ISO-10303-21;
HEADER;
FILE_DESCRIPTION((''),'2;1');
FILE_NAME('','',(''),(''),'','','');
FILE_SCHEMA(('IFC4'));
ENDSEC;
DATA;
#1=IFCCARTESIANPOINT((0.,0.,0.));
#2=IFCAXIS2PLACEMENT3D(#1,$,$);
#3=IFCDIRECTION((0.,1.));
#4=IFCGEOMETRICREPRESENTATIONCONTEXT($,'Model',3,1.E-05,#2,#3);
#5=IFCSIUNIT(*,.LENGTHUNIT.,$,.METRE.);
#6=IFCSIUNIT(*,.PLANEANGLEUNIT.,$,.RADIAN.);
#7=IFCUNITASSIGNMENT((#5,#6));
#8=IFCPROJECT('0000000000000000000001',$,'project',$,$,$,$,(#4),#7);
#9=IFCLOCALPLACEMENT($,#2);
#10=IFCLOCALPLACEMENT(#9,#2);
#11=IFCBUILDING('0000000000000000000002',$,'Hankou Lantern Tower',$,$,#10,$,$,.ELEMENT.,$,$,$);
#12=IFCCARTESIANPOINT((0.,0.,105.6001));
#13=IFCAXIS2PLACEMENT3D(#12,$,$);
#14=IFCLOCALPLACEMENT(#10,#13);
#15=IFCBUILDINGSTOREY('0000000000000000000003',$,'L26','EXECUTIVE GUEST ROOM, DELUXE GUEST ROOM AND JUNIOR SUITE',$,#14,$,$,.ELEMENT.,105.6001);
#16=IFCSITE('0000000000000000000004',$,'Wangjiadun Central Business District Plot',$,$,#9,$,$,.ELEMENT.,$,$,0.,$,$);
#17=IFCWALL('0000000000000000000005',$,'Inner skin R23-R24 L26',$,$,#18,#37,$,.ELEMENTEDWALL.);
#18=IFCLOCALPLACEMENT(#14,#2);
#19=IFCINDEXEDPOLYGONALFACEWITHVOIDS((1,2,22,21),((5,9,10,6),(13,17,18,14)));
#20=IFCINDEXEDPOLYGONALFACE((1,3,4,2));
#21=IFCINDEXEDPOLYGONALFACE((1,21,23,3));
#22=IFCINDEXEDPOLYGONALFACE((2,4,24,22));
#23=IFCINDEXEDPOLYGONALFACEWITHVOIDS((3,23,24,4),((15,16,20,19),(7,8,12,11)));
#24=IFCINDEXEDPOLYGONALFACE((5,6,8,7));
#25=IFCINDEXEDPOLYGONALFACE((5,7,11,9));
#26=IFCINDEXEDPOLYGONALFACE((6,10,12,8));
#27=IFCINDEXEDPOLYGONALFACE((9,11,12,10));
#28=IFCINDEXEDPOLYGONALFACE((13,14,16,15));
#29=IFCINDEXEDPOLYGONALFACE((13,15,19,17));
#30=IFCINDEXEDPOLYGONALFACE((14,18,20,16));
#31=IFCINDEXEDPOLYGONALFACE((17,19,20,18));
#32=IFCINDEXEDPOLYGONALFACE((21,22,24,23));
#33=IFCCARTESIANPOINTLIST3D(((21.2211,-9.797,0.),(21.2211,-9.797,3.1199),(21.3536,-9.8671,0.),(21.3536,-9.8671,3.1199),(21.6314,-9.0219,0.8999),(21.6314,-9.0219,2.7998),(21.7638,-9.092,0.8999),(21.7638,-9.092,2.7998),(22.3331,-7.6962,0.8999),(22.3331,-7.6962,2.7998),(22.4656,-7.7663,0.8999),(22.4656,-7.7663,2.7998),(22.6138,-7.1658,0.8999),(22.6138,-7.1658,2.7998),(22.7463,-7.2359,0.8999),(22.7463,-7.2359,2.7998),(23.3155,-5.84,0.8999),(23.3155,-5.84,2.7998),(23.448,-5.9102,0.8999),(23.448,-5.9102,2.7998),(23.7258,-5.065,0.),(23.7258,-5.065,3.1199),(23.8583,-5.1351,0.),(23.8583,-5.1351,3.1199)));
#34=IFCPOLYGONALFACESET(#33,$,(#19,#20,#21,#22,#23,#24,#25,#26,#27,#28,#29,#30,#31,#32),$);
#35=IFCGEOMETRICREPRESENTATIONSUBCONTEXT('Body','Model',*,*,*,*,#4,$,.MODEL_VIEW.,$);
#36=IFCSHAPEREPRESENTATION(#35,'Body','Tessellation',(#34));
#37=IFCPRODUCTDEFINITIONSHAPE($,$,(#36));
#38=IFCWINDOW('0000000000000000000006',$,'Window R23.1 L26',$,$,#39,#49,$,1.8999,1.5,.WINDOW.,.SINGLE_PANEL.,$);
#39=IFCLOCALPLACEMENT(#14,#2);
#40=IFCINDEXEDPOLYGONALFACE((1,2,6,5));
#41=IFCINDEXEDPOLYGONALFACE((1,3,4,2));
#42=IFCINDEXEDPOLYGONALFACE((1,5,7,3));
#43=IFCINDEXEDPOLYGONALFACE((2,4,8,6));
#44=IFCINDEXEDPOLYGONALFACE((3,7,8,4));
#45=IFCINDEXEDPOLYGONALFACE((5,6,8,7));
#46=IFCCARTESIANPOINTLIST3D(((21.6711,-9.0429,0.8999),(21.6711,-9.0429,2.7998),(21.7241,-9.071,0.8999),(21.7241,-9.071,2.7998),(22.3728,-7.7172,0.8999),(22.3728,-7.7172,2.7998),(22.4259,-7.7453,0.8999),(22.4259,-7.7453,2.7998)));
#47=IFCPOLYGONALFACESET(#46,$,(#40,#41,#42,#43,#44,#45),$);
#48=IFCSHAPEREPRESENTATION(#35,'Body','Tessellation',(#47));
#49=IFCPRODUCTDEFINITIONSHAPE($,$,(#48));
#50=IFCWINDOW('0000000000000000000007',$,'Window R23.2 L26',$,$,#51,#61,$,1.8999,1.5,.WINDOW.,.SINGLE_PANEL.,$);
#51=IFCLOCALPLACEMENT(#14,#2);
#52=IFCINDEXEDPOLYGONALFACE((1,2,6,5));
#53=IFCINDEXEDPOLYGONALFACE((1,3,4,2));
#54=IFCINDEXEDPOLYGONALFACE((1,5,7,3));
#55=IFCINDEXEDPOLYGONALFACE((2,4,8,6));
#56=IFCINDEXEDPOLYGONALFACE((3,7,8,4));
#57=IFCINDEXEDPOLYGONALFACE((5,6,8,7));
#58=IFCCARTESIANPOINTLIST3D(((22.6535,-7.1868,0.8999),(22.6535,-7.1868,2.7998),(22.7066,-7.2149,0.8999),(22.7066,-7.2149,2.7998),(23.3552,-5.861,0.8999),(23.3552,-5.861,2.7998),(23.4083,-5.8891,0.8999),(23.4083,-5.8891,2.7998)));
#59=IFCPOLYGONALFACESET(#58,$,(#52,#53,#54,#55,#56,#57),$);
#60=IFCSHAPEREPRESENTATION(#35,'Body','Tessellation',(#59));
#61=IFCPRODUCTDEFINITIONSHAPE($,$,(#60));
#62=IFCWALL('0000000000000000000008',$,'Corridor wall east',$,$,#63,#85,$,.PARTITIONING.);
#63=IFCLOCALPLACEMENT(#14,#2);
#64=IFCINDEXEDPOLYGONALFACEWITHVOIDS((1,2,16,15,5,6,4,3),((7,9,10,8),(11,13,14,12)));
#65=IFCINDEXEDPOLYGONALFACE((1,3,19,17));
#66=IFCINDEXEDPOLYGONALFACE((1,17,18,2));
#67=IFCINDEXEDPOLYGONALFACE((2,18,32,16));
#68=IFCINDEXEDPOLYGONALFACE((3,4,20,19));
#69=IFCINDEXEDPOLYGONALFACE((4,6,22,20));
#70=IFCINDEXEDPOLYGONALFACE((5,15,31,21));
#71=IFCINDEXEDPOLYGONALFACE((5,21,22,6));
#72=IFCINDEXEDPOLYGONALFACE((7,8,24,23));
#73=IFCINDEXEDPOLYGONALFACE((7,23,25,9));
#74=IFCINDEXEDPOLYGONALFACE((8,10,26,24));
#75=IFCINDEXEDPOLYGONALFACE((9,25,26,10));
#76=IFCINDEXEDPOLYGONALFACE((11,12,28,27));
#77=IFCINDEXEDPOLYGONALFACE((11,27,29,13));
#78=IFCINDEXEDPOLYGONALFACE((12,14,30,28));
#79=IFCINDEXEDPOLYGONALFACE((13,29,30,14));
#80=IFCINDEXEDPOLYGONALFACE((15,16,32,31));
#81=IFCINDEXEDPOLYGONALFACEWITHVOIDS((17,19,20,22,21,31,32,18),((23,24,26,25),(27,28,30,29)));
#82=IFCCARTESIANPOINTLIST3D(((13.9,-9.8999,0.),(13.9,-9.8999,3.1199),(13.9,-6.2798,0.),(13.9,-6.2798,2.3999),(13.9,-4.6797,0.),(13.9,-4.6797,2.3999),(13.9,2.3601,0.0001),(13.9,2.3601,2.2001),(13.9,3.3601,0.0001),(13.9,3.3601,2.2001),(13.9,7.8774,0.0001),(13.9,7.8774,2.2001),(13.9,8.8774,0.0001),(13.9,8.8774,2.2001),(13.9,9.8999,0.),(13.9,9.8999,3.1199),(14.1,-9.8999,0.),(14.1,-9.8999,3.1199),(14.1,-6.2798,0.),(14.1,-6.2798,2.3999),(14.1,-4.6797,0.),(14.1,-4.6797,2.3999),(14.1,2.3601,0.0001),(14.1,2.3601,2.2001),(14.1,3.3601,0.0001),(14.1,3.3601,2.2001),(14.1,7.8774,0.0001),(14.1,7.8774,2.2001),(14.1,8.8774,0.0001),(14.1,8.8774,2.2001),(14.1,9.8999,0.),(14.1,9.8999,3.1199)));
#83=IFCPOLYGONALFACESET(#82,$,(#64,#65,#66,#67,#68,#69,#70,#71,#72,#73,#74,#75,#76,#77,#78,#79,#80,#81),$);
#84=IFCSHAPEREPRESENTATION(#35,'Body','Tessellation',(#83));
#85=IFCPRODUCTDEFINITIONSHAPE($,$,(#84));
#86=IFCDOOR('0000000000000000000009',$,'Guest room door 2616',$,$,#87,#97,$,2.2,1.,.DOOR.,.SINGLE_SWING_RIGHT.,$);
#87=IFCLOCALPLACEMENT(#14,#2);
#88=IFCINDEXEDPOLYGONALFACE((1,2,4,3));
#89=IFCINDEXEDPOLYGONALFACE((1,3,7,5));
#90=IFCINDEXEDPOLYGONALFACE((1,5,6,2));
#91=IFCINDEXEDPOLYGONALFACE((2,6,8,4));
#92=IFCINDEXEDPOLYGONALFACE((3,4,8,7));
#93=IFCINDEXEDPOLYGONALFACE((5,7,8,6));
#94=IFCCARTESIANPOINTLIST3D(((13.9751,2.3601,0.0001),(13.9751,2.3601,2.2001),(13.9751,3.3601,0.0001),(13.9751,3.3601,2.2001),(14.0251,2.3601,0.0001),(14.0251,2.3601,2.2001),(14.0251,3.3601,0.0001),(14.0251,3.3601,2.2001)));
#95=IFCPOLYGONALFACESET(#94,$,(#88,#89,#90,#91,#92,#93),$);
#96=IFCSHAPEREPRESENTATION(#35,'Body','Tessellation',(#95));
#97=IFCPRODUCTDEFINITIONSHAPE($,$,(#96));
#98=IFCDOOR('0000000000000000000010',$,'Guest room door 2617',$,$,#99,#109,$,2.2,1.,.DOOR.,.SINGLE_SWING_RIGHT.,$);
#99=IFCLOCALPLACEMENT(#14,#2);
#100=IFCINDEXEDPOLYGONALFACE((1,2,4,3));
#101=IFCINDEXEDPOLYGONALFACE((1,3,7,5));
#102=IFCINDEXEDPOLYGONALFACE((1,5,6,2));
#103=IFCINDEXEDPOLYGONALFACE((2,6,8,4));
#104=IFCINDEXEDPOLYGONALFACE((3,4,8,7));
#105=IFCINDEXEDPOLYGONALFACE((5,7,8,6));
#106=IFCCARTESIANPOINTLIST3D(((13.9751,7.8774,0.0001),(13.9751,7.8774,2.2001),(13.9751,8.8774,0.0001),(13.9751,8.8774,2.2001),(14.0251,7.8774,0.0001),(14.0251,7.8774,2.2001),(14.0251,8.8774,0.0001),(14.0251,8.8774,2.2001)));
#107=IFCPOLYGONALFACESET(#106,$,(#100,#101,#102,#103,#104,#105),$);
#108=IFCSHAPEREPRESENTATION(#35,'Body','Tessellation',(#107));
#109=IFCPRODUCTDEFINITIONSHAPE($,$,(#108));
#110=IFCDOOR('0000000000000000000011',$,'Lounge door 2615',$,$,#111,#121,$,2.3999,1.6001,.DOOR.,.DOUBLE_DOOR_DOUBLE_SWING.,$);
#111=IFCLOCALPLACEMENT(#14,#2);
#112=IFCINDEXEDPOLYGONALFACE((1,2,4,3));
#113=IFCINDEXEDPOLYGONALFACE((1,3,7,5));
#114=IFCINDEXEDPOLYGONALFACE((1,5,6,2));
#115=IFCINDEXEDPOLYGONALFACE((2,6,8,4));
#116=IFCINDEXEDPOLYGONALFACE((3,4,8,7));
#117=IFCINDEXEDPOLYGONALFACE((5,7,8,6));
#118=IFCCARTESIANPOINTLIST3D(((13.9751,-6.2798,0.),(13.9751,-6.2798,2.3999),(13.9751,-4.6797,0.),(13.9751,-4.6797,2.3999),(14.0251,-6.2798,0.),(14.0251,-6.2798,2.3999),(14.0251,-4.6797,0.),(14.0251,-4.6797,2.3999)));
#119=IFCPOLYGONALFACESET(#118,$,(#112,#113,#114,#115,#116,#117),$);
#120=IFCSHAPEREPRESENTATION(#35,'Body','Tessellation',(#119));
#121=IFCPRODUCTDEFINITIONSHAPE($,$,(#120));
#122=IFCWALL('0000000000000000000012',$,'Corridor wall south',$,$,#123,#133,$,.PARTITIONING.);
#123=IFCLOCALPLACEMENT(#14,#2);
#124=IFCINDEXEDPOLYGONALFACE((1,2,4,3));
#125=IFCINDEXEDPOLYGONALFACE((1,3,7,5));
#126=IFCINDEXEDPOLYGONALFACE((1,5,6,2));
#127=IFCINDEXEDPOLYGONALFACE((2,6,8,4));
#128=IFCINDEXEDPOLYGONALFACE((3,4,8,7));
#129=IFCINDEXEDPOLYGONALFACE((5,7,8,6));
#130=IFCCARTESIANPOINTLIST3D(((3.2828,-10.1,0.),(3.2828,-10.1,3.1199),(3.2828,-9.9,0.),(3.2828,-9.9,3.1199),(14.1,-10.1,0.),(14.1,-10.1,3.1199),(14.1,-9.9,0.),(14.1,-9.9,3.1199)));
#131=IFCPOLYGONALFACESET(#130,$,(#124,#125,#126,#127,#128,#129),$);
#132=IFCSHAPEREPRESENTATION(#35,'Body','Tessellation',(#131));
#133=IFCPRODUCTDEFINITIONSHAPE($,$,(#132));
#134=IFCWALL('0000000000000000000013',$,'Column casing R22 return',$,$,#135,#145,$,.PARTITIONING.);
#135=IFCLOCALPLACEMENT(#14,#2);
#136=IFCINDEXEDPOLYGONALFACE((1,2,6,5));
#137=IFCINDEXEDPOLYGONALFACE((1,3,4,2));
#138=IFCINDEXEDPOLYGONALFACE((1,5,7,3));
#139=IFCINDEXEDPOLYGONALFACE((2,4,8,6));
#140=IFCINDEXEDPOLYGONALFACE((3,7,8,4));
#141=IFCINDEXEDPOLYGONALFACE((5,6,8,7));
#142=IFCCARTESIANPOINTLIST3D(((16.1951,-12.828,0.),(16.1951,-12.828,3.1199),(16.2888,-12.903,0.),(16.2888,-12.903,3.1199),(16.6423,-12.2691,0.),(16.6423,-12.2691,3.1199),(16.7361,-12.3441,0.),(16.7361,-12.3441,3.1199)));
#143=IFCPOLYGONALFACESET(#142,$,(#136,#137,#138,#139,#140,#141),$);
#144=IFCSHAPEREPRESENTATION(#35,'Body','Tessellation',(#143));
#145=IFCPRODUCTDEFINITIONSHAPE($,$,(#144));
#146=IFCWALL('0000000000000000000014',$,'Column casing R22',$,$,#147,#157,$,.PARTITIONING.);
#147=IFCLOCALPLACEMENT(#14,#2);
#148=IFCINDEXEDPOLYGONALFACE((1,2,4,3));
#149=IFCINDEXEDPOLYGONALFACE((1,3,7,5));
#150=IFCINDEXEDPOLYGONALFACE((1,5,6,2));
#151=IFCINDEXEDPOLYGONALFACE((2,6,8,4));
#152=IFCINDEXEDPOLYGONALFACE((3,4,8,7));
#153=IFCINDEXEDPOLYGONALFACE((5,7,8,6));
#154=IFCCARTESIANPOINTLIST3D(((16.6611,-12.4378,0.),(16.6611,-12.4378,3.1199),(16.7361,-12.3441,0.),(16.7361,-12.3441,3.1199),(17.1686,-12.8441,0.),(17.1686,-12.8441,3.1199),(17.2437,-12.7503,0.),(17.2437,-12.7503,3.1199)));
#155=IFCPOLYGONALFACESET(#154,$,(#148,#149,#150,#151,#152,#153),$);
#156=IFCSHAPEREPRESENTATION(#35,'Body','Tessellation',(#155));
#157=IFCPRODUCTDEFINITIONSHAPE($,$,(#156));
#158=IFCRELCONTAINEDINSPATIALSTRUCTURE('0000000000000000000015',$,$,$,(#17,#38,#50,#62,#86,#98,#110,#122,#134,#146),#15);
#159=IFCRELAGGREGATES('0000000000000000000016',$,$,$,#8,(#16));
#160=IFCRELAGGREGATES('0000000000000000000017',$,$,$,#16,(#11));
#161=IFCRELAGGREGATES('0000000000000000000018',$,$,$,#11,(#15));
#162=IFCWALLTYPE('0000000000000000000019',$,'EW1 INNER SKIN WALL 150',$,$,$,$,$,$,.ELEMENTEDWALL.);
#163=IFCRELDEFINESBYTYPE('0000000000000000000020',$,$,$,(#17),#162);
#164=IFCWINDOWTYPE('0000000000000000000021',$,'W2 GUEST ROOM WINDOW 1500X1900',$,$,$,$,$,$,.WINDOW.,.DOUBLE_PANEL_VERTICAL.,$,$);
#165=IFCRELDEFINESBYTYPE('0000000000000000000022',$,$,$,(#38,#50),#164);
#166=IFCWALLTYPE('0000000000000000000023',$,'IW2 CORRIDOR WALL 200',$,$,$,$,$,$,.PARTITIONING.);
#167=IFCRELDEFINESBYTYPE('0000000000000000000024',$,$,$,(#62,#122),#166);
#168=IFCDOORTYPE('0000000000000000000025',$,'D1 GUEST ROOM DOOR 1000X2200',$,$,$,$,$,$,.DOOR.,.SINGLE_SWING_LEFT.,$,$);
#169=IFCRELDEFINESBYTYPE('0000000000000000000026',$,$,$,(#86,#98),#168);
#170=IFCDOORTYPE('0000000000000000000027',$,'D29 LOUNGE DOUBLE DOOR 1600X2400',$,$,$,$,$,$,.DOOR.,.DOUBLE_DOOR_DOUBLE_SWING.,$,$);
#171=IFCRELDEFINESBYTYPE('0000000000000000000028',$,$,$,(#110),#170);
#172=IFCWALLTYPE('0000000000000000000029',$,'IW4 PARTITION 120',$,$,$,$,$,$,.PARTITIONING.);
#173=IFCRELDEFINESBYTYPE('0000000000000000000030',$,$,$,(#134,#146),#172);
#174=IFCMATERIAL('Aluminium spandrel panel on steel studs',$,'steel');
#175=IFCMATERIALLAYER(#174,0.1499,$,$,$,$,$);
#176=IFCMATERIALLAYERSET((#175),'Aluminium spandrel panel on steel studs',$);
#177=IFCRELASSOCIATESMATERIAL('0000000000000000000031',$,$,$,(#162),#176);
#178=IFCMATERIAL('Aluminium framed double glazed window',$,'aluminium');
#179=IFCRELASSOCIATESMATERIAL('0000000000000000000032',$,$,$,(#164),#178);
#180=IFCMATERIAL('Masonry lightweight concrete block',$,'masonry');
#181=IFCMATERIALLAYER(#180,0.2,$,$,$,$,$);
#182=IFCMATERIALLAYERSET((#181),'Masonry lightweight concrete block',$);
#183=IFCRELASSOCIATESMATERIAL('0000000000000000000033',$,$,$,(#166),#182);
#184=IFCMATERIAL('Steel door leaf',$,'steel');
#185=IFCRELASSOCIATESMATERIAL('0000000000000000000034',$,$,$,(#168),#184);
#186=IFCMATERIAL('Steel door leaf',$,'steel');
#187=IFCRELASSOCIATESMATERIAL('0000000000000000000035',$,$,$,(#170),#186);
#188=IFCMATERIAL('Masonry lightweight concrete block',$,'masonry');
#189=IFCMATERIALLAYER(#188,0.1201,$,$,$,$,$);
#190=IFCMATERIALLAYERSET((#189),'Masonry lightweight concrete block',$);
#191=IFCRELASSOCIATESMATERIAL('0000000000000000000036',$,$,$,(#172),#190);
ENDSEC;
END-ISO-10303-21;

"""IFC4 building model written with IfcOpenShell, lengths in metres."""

from ifc_helpers import new_model, si_unit, direction, frame, frame_2d, origin, place, context, subcontext, project, spatial, rectangle, extrude, material, layer, layer_set, type_object, element, fill, save


model = new_model("IFC4")

# Units and contexts
model_context = context("Model", 3, precision=1e-05, world=origin(), true_north=direction((0.0, 1.0)))
body_context = subcontext(model_context, "Body", "Model", "MODEL_VIEW")
ifc_project = project(units=[si_unit("LENGTHUNIT", "METRE"), si_unit("PLANEANGLEUNIT", "RADIAN")], contexts=[model_context])

# Site, building, storey
site_placement = place(None, origin())
site = spatial("IfcSite", under=ifc_project, at=site_placement, Name="Wangjiadun Central Business District Plot", CompositionType="ELEMENT", RefElevation=0.0)
building_placement = place(site_placement, origin())
building = spatial("IfcBuilding", under=site, at=building_placement, Name="Hankou Lantern Tower", CompositionType="ELEMENT")
storey_placement = place(building_placement, frame((0.0, 0.0, 105.6001)))
storey = spatial("IfcBuildingStorey", under=building, at=storey_placement, Name="L26", Description="EXECUTIVE GUEST ROOM, DELUXE GUEST ROOM AND JUNIOR SUITE", CompositionType="ELEMENT", Elevation=105.6001)

# Wall, openings, windows
ifc_material_1 = material(Name="Aluminium spandrel panel on steel studs", Category="steel")
ifc_layer_1 = layer(ifc_material_1, 0.1499)
ifc_layer_set_1 = layer_set([ifc_layer_1], Name="Aluminium spandrel panel on steel studs")
wall_type_1 = type_object("IfcWallType", Name="EW1 INNER SKIN WALL 150", PredefinedType="ELEMENTEDWALL", material=ifc_layer_set_1)
ifc_material_2 = material(Name="Aluminium framed double glazed window", Category="aluminium")
window_type = type_object("IfcWindowType", Name="W2 GUEST ROOM WINDOW 1500X1900", PartitioningType="DOUBLE_PANEL_VERTICAL", PredefinedType="WINDOW", material=ifc_material_2)
wall_1_placement = place(storey_placement, frame((21.2874, -9.832, 0.0), z_axis=(0.0, 0.0, 1.0), x_axis=(0.467814, 0.883827, 0.0)))
wall_1 = element("IfcWall", 1, at=wall_1_placement, inside=storey, type_object=wall_type_1, Name="Inner skin R23-R24 L26", PredefinedType="ELEMENTEDWALL", context=body_context, shape_type="SweptSolid", body=[
    extrude(rectangle(XDim=5.354, YDim=0.1499, at=frame_2d((2.677, 0.0))), origin(), (0.0, 0.0, 1.0), 3.1199),
])
opening_1_placement = place(wall_1_placement, frame((0.877, 0.0, 0.8999)))
opening_1 = element("IfcOpeningElement", 2, at=opening_1_placement, cuts=wall_1, PredefinedType="OPENING", context=body_context, shape_type="SweptSolid", body=[
    extrude(rectangle(XDim=1.5, YDim=1.8999, at=frame_2d((0.75, 0.95))), frame((0.0, 0.085, 0.0), z_axis=(0.0, -1.0, 0.0), x_axis=(1.0, 0.0, 0.0)), (0.0, 0.0, 1.0), 0.1699),
])
opening_2_placement = place(wall_1_placement, frame((2.9771, 0.0, 0.8999)))
opening_2 = element("IfcOpeningElement", 3, at=opening_2_placement, cuts=wall_1, PredefinedType="OPENING", context=body_context, shape_type="SweptSolid", body=[
    extrude(rectangle(XDim=1.5, YDim=1.8999, at=frame_2d((0.75, 0.95))), frame((0.0, 0.085, 0.0), z_axis=(0.0, -1.0, 0.0), x_axis=(1.0, 0.0, 0.0)), (0.0, 0.0, 1.0), 0.1699),
])
window_1_placement = place(opening_1_placement, origin())
window_1 = element("IfcWindow", 4, at=window_1_placement, inside=storey, type_object=window_type, Name="Window R23.1 L26", OverallHeight=1.8999, OverallWidth=1.5, PartitioningType="SINGLE_PANEL", PredefinedType="WINDOW", context=body_context, shape_type="SweptSolid", body=[
    extrude(rectangle(XDim=1.5, YDim=1.8999, at=frame_2d((0.75, 0.95))), frame((0.0, 0.03, 0.0), z_axis=(0.0, -1.0, 0.0), x_axis=(1.0, 0.0, 0.0)), (0.0, 0.0, 1.0), 0.0601),
])
fill(opening_1, window_1)
window_2_placement = place(opening_2_placement, origin())
window_2 = element("IfcWindow", 5, at=window_2_placement, inside=storey, type_object=window_type, Name="Window R23.2 L26", OverallHeight=1.8999, OverallWidth=1.5, PartitioningType="SINGLE_PANEL", PredefinedType="WINDOW", context=body_context, shape_type="SweptSolid", body=[
    extrude(rectangle(XDim=1.5, YDim=1.8999, at=frame_2d((0.75, 0.95))), frame((0.0, 0.03, 0.0), z_axis=(0.0, -1.0, 0.0), x_axis=(1.0, 0.0, 0.0)), (0.0, 0.0, 1.0), 0.0601),
])
fill(opening_2, window_2)

# Wall, openings, doors
ifc_material_3 = material(Name="Masonry lightweight concrete block", Category="masonry")
ifc_layer_2 = layer(ifc_material_3, 0.2)
ifc_layer_set_2 = layer_set([ifc_layer_2], Name="Masonry lightweight concrete block")
wall_type_2 = type_object("IfcWallType", Name="IW2 CORRIDOR WALL 200", PredefinedType="PARTITIONING", material=ifc_layer_set_2)
wall_2_placement = place(storey_placement, frame((14.0, -9.8999, 0.0), z_axis=(0.0, 0.0, 1.0), x_axis=(0.0, 1.0, 0.0)))
wall_2 = element("IfcWall", 6, at=wall_2_placement, inside=storey, type_object=wall_type_2, Name="Corridor wall east", PredefinedType="PARTITIONING", context=body_context, shape_type="SweptSolid", body=[
    extrude(rectangle(XDim=19.7998, YDim=0.2, at=frame_2d((9.8999, 0.0))), origin(), (0.0, 0.0, 1.0), 3.1199),
])
opening_3_placement = place(wall_2_placement, frame((3.6201, 0.0, 0.0)))
opening_3 = element("IfcOpeningElement", 7, at=opening_3_placement, cuts=wall_2, PredefinedType="OPENING", context=body_context, shape_type="SweptSolid", body=[
    extrude(rectangle(XDim=1.6001, YDim=2.3999, at=frame_2d((0.8, 1.2))), frame((0.0, 0.1099, 0.0), z_axis=(0.0, -1.0, 0.0), x_axis=(1.0, 0.0, 0.0)), (0.0, 0.0, 1.0), 0.22),
])
opening_4_placement = place(wall_2_placement, frame((12.26, 0.0, 0.0)))
opening_4 = element("IfcOpeningElement", 8, at=opening_4_placement, cuts=wall_2, PredefinedType="OPENING", context=body_context, shape_type="SweptSolid", body=[
    extrude(rectangle(XDim=1.0, YDim=2.2, at=frame_2d((0.5, 1.1001))), frame((0.0, 0.1099, 0.0), z_axis=(0.0, -1.0, 0.0), x_axis=(1.0, 0.0, 0.0)), (0.0, 0.0, 1.0), 0.22),
])
opening_5_placement = place(wall_2_placement, frame((17.7773, 0.0, 0.0)))
opening_5 = element("IfcOpeningElement", 9, at=opening_5_placement, cuts=wall_2, PredefinedType="OPENING", context=body_context, shape_type="SweptSolid", body=[
    extrude(rectangle(XDim=1.0, YDim=2.2, at=frame_2d((0.5, 1.1001))), frame((0.0, 0.1099, 0.0), z_axis=(0.0, -1.0, 0.0), x_axis=(1.0, 0.0, 0.0)), (0.0, 0.0, 1.0), 0.22),
])
ifc_material_4 = material(Name="Steel door leaf", Category="steel")
door_type_1 = type_object("IfcDoorType", Name="D1 GUEST ROOM DOOR 1000X2200", OperationType="SINGLE_SWING_LEFT", PredefinedType="DOOR", material=ifc_material_4)
door_1_placement = place(opening_4_placement, origin())
door_1 = element("IfcDoor", 10, at=door_1_placement, inside=storey, type_object=door_type_1, Name="Guest room door 2616", OperationType="SINGLE_SWING_RIGHT", OverallHeight=2.2, OverallWidth=1.0, PredefinedType="DOOR", context=body_context, shape_type="SweptSolid", body=[
    extrude(rectangle(XDim=1.0, YDim=2.2, at=frame_2d((0.5, 1.1001))), frame((0.0, 0.0249, 0.0), z_axis=(0.0, -1.0, 0.0), x_axis=(1.0, 0.0, 0.0)), (0.0, 0.0, 1.0), 0.05),
])
fill(opening_4, door_1)
door_2_placement = place(opening_5_placement, origin())
door_2 = element("IfcDoor", 11, at=door_2_placement, inside=storey, type_object=door_type_1, Name="Guest room door 2617", OperationType="SINGLE_SWING_RIGHT", OverallHeight=2.2, OverallWidth=1.0, PredefinedType="DOOR", context=body_context, shape_type="SweptSolid", body=[
    extrude(rectangle(XDim=1.0, YDim=2.2, at=frame_2d((0.5, 1.1001))), frame((0.0, 0.0249, 0.0), z_axis=(0.0, -1.0, 0.0), x_axis=(1.0, 0.0, 0.0)), (0.0, 0.0, 1.0), 0.05),
])
fill(opening_5, door_2)
ifc_material_5 = material(Name="Steel door leaf", Category="steel")
door_type_2 = type_object("IfcDoorType", Name="D29 LOUNGE DOUBLE DOOR 1600X2400", OperationType="DOUBLE_DOOR_DOUBLE_SWING", PredefinedType="DOOR", material=ifc_material_5)
door_3_placement = place(opening_3_placement, origin())
door_3 = element("IfcDoor", 12, at=door_3_placement, inside=storey, type_object=door_type_2, Name="Lounge door 2615", OperationType="DOUBLE_DOOR_DOUBLE_SWING", OverallHeight=2.3999, OverallWidth=1.6001, PredefinedType="DOOR", context=body_context, shape_type="SweptSolid", body=[
    extrude(rectangle(XDim=1.6001, YDim=2.3999, at=frame_2d((0.8, 1.2))), frame((0.0, 0.0249, 0.0), z_axis=(0.0, -1.0, 0.0), x_axis=(1.0, 0.0, 0.0)), (0.0, 0.0, 1.0), 0.05),
])
fill(opening_3, door_3)

# Walls
wall_3_placement = place(storey_placement, frame((14.1001, -10.0, 0.0), z_axis=(0.0, 0.0, 1.0), x_axis=(-1.0, 0.0, 0.0)))
element("IfcWall", 13, at=wall_3_placement, inside=storey, type_object=wall_type_2, Name="Corridor wall south", PredefinedType="PARTITIONING", context=body_context, shape_type="SweptSolid", body=[
    extrude(rectangle(XDim=10.8171, YDim=0.2, at=frame_2d((5.4087, 0.0))), origin(), (0.0, 0.0, 1.0), 3.1199),
])
ifc_material_6 = material(Name="Masonry lightweight concrete block", Category="masonry")
ifc_layer_3 = layer(ifc_material_6, 0.1201)
ifc_layer_set_3 = layer_set([ifc_layer_3], Name="Masonry lightweight concrete block")
wall_type_3 = type_object("IfcWallType", Name="IW4 PARTITION 120", PredefinedType="PARTITIONING", material=ifc_layer_set_3)
wall_4_placement = place(storey_placement, frame((16.2419, -12.8655, 0.0), z_axis=(0.0, 0.0, 1.0), x_axis=(0.624861, 0.780736, 0.0)))
element("IfcWall", 14, at=wall_4_placement, inside=storey, type_object=wall_type_3, Name="Column casing R22 return", PredefinedType="PARTITIONING", context=body_context, shape_type="SweptSolid", body=[
    extrude(rectangle(XDim=0.7158, YDim=0.1201, at=frame_2d((0.3579, 0.0))), origin(), (0.0, 0.0, 1.0), 3.1199),
])
wall_5_placement = place(storey_placement, frame((16.6985, -12.3909, 0.0), z_axis=(0.0, 0.0, 1.0), x_axis=(0.780722, -0.624878, 0.0)))
element("IfcWall", 15, at=wall_5_placement, inside=storey, type_object=wall_type_3, Name="Column casing R22", PredefinedType="PARTITIONING", context=body_context, shape_type="SweptSolid", body=[
    extrude(rectangle(XDim=0.6501, YDim=0.1201, at=frame_2d((0.3252, 0.0))), origin(), (0.0, 0.0, 1.0), 3.1199),
])

save(model, "model.ifc")
